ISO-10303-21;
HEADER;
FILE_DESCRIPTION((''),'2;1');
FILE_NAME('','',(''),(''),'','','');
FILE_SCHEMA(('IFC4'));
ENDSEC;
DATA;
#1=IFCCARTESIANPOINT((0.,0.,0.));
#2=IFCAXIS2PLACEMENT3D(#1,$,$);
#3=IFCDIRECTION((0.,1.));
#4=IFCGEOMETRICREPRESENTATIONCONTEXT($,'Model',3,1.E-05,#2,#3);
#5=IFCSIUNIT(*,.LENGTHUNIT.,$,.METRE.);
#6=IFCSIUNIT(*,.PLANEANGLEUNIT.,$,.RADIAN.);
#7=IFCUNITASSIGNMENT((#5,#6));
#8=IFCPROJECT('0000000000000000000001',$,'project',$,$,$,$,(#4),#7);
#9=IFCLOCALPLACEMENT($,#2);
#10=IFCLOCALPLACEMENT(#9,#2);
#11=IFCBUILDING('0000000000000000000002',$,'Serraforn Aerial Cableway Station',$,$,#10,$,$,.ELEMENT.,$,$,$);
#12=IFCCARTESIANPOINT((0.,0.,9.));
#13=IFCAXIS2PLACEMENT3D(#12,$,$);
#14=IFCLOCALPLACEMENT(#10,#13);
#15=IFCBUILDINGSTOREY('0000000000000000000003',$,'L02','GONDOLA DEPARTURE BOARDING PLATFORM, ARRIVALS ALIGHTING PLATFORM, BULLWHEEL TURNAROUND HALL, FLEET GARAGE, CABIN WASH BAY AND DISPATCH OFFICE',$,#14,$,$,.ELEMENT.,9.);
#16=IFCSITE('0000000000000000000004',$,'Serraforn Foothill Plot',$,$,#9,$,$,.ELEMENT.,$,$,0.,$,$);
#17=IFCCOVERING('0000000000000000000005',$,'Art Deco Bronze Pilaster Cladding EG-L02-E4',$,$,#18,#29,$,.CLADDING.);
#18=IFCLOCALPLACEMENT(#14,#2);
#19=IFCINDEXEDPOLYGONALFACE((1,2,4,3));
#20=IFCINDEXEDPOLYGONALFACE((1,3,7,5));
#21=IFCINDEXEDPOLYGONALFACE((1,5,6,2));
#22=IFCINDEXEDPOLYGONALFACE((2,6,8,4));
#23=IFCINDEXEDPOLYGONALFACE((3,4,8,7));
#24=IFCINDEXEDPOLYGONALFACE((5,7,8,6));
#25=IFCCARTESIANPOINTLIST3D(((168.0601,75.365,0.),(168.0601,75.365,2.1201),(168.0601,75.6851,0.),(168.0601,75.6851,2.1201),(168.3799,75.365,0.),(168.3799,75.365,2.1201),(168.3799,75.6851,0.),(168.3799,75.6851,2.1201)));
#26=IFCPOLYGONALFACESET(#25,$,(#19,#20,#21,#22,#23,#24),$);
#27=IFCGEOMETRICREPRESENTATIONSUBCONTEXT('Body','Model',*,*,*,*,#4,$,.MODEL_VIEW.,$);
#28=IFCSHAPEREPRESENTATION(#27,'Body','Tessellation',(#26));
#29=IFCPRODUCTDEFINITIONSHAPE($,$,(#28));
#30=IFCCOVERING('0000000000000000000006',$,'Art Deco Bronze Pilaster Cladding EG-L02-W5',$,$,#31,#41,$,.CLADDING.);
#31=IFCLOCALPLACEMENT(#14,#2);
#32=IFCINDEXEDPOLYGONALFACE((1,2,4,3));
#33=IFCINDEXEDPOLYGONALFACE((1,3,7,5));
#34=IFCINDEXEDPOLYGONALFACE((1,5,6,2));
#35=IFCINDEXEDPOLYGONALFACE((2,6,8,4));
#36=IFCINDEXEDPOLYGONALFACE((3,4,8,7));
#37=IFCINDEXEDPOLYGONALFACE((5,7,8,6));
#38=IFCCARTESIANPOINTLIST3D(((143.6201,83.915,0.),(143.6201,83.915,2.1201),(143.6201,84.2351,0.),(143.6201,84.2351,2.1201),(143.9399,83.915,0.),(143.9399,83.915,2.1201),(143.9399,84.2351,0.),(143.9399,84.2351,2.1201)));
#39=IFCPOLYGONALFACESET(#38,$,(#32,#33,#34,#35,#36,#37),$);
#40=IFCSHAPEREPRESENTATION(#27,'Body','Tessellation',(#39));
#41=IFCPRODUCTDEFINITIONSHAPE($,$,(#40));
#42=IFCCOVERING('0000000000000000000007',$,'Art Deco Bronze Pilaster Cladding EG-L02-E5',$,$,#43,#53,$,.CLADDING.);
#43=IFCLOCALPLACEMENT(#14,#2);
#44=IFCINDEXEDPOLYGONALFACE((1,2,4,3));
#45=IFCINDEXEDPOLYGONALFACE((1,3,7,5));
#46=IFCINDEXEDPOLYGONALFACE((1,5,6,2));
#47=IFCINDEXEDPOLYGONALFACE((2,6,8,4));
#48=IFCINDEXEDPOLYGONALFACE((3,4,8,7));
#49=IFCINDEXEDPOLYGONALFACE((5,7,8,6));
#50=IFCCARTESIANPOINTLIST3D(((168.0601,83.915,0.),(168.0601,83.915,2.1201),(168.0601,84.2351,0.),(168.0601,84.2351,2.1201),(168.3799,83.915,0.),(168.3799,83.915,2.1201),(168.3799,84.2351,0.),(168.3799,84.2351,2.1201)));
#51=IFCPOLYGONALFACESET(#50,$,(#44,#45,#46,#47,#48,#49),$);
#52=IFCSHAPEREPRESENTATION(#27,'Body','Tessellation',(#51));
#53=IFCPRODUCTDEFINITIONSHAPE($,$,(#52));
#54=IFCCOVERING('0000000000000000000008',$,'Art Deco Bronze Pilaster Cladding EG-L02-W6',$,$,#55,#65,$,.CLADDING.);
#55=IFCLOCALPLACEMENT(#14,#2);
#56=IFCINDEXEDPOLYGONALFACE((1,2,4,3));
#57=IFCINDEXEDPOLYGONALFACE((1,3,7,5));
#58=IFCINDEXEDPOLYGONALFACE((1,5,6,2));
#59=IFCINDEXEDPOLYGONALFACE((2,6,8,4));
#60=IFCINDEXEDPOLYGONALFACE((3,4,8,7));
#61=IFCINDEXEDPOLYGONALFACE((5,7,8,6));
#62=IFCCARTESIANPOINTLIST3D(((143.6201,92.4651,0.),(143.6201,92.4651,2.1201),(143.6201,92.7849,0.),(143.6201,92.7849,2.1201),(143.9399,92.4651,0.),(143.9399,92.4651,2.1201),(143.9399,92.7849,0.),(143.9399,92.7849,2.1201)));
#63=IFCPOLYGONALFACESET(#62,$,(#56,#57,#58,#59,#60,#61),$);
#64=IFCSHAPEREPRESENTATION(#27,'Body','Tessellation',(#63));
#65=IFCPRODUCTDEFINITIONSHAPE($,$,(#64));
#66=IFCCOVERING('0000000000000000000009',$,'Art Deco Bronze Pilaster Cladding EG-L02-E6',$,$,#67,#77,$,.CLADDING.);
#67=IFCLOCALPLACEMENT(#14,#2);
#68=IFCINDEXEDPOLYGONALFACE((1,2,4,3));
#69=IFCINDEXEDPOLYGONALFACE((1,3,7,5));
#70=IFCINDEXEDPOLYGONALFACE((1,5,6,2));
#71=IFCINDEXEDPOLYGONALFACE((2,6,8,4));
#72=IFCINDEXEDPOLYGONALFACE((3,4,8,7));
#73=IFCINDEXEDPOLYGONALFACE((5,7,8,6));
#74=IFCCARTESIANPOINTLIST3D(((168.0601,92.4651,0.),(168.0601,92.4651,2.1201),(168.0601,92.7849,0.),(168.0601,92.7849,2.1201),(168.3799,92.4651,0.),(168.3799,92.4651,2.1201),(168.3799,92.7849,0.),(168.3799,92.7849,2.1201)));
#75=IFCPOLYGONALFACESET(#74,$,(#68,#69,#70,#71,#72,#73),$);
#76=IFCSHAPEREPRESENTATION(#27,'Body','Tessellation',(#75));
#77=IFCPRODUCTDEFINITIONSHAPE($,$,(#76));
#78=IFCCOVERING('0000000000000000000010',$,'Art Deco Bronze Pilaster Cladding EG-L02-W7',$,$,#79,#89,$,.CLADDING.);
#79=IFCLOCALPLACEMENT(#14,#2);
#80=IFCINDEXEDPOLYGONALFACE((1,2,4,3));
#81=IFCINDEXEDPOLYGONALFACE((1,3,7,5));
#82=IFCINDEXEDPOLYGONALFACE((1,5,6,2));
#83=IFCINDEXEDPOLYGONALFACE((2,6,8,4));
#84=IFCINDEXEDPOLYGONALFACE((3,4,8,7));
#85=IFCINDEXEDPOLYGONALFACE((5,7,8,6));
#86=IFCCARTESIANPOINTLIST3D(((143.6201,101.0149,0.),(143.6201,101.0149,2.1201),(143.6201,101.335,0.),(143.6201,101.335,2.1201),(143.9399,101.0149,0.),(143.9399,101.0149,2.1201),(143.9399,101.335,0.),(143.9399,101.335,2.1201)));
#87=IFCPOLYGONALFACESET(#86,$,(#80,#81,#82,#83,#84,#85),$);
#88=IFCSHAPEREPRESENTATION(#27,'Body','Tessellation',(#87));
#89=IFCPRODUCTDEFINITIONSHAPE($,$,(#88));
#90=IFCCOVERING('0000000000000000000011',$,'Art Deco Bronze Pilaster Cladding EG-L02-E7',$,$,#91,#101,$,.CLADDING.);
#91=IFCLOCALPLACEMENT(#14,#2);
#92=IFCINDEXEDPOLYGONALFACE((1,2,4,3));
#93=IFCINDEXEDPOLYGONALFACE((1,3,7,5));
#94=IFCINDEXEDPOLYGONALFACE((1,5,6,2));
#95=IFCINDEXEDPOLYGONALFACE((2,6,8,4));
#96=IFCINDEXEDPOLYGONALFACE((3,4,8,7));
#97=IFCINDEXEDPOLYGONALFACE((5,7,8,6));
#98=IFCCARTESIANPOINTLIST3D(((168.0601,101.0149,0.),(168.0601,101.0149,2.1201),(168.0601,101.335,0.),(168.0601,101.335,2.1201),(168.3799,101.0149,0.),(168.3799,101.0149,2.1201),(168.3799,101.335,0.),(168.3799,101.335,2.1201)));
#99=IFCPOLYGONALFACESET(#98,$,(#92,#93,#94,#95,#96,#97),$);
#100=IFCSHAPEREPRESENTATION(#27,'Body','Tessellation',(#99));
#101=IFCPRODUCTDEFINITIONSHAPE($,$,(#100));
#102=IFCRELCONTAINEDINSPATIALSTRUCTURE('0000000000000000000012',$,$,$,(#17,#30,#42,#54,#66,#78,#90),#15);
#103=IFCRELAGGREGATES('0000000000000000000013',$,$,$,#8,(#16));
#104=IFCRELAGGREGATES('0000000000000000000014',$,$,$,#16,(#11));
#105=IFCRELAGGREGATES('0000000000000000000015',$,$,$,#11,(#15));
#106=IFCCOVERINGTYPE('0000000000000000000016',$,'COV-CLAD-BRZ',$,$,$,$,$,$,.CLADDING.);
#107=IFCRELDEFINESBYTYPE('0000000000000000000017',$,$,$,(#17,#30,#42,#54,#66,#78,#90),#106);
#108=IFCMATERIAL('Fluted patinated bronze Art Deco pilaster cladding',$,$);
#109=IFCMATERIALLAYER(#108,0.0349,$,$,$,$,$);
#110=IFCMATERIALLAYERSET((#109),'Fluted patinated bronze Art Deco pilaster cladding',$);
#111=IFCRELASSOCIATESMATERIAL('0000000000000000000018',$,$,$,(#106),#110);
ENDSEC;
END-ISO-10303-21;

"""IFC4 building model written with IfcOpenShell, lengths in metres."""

from ifc_helpers import new_model, si_unit, direction, frame, origin, place, context, subcontext, project, spatial, polyline, outline, extrude, material, layer, layer_set, type_object, element, save


model = new_model("IFC4")

# Units and contexts
model_context = context("Model", 3, precision=1e-05, world=origin(), true_north=direction((0.0, 1.0)))
body_context = subcontext(model_context, "Body", "Model", "MODEL_VIEW")
ifc_project = project(units=[si_unit("LENGTHUNIT", "METRE"), si_unit("PLANEANGLEUNIT", "RADIAN")], contexts=[model_context])

# Site, building, storey
site_placement = place(None, origin())
site = spatial("IfcSite", under=ifc_project, at=site_placement, Name="Serraforn Foothill Plot", CompositionType="ELEMENT", RefElevation=0.0)
building_placement = place(site_placement, origin())
building = spatial("IfcBuilding", under=site, at=building_placement, Name="Serraforn Aerial Cableway Station", CompositionType="ELEMENT")
storey_placement = place(building_placement, frame((0.0, 0.0, 9.0)))
storey = spatial("IfcBuildingStorey", under=building, at=storey_placement, Name="L02", Description="GONDOLA DEPARTURE BOARDING PLATFORM, ARRIVALS ALIGHTING PLATFORM, BULLWHEEL TURNAROUND HALL, FLEET GARAGE, CABIN WASH BAY AND DISPATCH OFFICE", CompositionType="ELEMENT", Elevation=9.0)

# Coverings
ifc_material_1 = material(Name="Fluted patinated bronze Art Deco pilaster cladding")
ifc_layer_1 = layer(ifc_material_1, 0.0349)
ifc_layer_set_1 = layer_set([ifc_layer_1], Name="Fluted patinated bronze Art Deco pilaster cladding")
covering_type = type_object("IfcCoveringType", Name="COV-CLAD-BRZ", PredefinedType="CLADDING", material=ifc_layer_set_1)
covering_1_placement = place(storey_placement, origin())
element("IfcCovering", 1, at=covering_1_placement, inside=storey, type_object=covering_type, Name="Art Deco Bronze Pilaster Cladding EG-L02-E4", PredefinedType="CLADDING", context=body_context, shape_type="SweptSolid", body=[
    extrude(outline(polyline([(168.0601, 75.365), (168.3799, 75.365), (168.3799, 75.6851), (168.0601, 75.6851), (168.0601, 75.365)])), origin(), (0.0, 0.0, 1.0), 2.1201),
])
covering_2_placement = place(storey_placement, origin())
element("IfcCovering", 2, at=covering_2_placement, inside=storey, type_object=covering_type, Name="Art Deco Bronze Pilaster Cladding EG-L02-W5", PredefinedType="CLADDING", context=body_context, shape_type="SweptSolid", body=[
    extrude(outline(polyline([(143.6201, 83.915), (143.9399, 83.915), (143.9399, 84.2351), (143.6201, 84.2351), (143.6201, 83.915)])), origin(), (0.0, 0.0, 1.0), 2.1201),
])
covering_3_placement = place(storey_placement, origin())
element("IfcCovering", 3, at=covering_3_placement, inside=storey, type_object=covering_type, Name="Art Deco Bronze Pilaster Cladding EG-L02-E5", PredefinedType="CLADDING", context=body_context, shape_type="SweptSolid", body=[
    extrude(outline(polyline([(168.0601, 83.915), (168.3799, 83.915), (168.3799, 84.2351), (168.0601, 84.2351), (168.0601, 83.915)])), origin(), (0.0, 0.0, 1.0), 2.1201),
])
covering_4_placement = place(storey_placement, origin())
element("IfcCovering", 4, at=covering_4_placement, inside=storey, type_object=covering_type, Name="Art Deco Bronze Pilaster Cladding EG-L02-W6", PredefinedType="CLADDING", context=body_context, shape_type="SweptSolid", body=[
    extrude(outline(polyline([(143.6201, 92.4651), (143.9399, 92.4651), (143.9399, 92.7849), (143.6201, 92.7849), (143.6201, 92.4651)])), origin(), (0.0, 0.0, 1.0), 2.1201),
])
covering_5_placement = place(storey_placement, origin())
element("IfcCovering", 5, at=covering_5_placement, inside=storey, type_object=covering_type, Name="Art Deco Bronze Pilaster Cladding EG-L02-E6", PredefinedType="CLADDING", context=body_context, shape_type="SweptSolid", body=[
    extrude(outline(polyline([(168.0601, 92.4651), (168.3799, 92.4651), (168.3799, 92.7849), (168.0601, 92.7849), (168.0601, 92.4651)])), origin(), (0.0, 0.0, 1.0), 2.1201),
])
covering_6_placement = place(storey_placement, origin())
element("IfcCovering", 6, at=covering_6_placement, inside=storey, type_object=covering_type, Name="Art Deco Bronze Pilaster Cladding EG-L02-W7", PredefinedType="CLADDING", context=body_context, shape_type="SweptSolid", body=[
    extrude(outline(polyline([(143.6201, 101.0149), (143.9399, 101.0149), (143.9399, 101.335), (143.6201, 101.335), (143.6201, 101.0149)])), origin(), (0.0, 0.0, 1.0), 2.1201),
])
covering_7_placement = place(storey_placement, origin())
element("IfcCovering", 7, at=covering_7_placement, inside=storey, type_object=covering_type, Name="Art Deco Bronze Pilaster Cladding EG-L02-E7", PredefinedType="CLADDING", context=body_context, shape_type="SweptSolid", body=[
    extrude(outline(polyline([(168.0601, 101.0149), (168.3799, 101.0149), (168.3799, 101.335), (168.0601, 101.335), (168.0601, 101.0149)])), origin(), (0.0, 0.0, 1.0), 2.1201),
])

save(model, "model.ifc")
